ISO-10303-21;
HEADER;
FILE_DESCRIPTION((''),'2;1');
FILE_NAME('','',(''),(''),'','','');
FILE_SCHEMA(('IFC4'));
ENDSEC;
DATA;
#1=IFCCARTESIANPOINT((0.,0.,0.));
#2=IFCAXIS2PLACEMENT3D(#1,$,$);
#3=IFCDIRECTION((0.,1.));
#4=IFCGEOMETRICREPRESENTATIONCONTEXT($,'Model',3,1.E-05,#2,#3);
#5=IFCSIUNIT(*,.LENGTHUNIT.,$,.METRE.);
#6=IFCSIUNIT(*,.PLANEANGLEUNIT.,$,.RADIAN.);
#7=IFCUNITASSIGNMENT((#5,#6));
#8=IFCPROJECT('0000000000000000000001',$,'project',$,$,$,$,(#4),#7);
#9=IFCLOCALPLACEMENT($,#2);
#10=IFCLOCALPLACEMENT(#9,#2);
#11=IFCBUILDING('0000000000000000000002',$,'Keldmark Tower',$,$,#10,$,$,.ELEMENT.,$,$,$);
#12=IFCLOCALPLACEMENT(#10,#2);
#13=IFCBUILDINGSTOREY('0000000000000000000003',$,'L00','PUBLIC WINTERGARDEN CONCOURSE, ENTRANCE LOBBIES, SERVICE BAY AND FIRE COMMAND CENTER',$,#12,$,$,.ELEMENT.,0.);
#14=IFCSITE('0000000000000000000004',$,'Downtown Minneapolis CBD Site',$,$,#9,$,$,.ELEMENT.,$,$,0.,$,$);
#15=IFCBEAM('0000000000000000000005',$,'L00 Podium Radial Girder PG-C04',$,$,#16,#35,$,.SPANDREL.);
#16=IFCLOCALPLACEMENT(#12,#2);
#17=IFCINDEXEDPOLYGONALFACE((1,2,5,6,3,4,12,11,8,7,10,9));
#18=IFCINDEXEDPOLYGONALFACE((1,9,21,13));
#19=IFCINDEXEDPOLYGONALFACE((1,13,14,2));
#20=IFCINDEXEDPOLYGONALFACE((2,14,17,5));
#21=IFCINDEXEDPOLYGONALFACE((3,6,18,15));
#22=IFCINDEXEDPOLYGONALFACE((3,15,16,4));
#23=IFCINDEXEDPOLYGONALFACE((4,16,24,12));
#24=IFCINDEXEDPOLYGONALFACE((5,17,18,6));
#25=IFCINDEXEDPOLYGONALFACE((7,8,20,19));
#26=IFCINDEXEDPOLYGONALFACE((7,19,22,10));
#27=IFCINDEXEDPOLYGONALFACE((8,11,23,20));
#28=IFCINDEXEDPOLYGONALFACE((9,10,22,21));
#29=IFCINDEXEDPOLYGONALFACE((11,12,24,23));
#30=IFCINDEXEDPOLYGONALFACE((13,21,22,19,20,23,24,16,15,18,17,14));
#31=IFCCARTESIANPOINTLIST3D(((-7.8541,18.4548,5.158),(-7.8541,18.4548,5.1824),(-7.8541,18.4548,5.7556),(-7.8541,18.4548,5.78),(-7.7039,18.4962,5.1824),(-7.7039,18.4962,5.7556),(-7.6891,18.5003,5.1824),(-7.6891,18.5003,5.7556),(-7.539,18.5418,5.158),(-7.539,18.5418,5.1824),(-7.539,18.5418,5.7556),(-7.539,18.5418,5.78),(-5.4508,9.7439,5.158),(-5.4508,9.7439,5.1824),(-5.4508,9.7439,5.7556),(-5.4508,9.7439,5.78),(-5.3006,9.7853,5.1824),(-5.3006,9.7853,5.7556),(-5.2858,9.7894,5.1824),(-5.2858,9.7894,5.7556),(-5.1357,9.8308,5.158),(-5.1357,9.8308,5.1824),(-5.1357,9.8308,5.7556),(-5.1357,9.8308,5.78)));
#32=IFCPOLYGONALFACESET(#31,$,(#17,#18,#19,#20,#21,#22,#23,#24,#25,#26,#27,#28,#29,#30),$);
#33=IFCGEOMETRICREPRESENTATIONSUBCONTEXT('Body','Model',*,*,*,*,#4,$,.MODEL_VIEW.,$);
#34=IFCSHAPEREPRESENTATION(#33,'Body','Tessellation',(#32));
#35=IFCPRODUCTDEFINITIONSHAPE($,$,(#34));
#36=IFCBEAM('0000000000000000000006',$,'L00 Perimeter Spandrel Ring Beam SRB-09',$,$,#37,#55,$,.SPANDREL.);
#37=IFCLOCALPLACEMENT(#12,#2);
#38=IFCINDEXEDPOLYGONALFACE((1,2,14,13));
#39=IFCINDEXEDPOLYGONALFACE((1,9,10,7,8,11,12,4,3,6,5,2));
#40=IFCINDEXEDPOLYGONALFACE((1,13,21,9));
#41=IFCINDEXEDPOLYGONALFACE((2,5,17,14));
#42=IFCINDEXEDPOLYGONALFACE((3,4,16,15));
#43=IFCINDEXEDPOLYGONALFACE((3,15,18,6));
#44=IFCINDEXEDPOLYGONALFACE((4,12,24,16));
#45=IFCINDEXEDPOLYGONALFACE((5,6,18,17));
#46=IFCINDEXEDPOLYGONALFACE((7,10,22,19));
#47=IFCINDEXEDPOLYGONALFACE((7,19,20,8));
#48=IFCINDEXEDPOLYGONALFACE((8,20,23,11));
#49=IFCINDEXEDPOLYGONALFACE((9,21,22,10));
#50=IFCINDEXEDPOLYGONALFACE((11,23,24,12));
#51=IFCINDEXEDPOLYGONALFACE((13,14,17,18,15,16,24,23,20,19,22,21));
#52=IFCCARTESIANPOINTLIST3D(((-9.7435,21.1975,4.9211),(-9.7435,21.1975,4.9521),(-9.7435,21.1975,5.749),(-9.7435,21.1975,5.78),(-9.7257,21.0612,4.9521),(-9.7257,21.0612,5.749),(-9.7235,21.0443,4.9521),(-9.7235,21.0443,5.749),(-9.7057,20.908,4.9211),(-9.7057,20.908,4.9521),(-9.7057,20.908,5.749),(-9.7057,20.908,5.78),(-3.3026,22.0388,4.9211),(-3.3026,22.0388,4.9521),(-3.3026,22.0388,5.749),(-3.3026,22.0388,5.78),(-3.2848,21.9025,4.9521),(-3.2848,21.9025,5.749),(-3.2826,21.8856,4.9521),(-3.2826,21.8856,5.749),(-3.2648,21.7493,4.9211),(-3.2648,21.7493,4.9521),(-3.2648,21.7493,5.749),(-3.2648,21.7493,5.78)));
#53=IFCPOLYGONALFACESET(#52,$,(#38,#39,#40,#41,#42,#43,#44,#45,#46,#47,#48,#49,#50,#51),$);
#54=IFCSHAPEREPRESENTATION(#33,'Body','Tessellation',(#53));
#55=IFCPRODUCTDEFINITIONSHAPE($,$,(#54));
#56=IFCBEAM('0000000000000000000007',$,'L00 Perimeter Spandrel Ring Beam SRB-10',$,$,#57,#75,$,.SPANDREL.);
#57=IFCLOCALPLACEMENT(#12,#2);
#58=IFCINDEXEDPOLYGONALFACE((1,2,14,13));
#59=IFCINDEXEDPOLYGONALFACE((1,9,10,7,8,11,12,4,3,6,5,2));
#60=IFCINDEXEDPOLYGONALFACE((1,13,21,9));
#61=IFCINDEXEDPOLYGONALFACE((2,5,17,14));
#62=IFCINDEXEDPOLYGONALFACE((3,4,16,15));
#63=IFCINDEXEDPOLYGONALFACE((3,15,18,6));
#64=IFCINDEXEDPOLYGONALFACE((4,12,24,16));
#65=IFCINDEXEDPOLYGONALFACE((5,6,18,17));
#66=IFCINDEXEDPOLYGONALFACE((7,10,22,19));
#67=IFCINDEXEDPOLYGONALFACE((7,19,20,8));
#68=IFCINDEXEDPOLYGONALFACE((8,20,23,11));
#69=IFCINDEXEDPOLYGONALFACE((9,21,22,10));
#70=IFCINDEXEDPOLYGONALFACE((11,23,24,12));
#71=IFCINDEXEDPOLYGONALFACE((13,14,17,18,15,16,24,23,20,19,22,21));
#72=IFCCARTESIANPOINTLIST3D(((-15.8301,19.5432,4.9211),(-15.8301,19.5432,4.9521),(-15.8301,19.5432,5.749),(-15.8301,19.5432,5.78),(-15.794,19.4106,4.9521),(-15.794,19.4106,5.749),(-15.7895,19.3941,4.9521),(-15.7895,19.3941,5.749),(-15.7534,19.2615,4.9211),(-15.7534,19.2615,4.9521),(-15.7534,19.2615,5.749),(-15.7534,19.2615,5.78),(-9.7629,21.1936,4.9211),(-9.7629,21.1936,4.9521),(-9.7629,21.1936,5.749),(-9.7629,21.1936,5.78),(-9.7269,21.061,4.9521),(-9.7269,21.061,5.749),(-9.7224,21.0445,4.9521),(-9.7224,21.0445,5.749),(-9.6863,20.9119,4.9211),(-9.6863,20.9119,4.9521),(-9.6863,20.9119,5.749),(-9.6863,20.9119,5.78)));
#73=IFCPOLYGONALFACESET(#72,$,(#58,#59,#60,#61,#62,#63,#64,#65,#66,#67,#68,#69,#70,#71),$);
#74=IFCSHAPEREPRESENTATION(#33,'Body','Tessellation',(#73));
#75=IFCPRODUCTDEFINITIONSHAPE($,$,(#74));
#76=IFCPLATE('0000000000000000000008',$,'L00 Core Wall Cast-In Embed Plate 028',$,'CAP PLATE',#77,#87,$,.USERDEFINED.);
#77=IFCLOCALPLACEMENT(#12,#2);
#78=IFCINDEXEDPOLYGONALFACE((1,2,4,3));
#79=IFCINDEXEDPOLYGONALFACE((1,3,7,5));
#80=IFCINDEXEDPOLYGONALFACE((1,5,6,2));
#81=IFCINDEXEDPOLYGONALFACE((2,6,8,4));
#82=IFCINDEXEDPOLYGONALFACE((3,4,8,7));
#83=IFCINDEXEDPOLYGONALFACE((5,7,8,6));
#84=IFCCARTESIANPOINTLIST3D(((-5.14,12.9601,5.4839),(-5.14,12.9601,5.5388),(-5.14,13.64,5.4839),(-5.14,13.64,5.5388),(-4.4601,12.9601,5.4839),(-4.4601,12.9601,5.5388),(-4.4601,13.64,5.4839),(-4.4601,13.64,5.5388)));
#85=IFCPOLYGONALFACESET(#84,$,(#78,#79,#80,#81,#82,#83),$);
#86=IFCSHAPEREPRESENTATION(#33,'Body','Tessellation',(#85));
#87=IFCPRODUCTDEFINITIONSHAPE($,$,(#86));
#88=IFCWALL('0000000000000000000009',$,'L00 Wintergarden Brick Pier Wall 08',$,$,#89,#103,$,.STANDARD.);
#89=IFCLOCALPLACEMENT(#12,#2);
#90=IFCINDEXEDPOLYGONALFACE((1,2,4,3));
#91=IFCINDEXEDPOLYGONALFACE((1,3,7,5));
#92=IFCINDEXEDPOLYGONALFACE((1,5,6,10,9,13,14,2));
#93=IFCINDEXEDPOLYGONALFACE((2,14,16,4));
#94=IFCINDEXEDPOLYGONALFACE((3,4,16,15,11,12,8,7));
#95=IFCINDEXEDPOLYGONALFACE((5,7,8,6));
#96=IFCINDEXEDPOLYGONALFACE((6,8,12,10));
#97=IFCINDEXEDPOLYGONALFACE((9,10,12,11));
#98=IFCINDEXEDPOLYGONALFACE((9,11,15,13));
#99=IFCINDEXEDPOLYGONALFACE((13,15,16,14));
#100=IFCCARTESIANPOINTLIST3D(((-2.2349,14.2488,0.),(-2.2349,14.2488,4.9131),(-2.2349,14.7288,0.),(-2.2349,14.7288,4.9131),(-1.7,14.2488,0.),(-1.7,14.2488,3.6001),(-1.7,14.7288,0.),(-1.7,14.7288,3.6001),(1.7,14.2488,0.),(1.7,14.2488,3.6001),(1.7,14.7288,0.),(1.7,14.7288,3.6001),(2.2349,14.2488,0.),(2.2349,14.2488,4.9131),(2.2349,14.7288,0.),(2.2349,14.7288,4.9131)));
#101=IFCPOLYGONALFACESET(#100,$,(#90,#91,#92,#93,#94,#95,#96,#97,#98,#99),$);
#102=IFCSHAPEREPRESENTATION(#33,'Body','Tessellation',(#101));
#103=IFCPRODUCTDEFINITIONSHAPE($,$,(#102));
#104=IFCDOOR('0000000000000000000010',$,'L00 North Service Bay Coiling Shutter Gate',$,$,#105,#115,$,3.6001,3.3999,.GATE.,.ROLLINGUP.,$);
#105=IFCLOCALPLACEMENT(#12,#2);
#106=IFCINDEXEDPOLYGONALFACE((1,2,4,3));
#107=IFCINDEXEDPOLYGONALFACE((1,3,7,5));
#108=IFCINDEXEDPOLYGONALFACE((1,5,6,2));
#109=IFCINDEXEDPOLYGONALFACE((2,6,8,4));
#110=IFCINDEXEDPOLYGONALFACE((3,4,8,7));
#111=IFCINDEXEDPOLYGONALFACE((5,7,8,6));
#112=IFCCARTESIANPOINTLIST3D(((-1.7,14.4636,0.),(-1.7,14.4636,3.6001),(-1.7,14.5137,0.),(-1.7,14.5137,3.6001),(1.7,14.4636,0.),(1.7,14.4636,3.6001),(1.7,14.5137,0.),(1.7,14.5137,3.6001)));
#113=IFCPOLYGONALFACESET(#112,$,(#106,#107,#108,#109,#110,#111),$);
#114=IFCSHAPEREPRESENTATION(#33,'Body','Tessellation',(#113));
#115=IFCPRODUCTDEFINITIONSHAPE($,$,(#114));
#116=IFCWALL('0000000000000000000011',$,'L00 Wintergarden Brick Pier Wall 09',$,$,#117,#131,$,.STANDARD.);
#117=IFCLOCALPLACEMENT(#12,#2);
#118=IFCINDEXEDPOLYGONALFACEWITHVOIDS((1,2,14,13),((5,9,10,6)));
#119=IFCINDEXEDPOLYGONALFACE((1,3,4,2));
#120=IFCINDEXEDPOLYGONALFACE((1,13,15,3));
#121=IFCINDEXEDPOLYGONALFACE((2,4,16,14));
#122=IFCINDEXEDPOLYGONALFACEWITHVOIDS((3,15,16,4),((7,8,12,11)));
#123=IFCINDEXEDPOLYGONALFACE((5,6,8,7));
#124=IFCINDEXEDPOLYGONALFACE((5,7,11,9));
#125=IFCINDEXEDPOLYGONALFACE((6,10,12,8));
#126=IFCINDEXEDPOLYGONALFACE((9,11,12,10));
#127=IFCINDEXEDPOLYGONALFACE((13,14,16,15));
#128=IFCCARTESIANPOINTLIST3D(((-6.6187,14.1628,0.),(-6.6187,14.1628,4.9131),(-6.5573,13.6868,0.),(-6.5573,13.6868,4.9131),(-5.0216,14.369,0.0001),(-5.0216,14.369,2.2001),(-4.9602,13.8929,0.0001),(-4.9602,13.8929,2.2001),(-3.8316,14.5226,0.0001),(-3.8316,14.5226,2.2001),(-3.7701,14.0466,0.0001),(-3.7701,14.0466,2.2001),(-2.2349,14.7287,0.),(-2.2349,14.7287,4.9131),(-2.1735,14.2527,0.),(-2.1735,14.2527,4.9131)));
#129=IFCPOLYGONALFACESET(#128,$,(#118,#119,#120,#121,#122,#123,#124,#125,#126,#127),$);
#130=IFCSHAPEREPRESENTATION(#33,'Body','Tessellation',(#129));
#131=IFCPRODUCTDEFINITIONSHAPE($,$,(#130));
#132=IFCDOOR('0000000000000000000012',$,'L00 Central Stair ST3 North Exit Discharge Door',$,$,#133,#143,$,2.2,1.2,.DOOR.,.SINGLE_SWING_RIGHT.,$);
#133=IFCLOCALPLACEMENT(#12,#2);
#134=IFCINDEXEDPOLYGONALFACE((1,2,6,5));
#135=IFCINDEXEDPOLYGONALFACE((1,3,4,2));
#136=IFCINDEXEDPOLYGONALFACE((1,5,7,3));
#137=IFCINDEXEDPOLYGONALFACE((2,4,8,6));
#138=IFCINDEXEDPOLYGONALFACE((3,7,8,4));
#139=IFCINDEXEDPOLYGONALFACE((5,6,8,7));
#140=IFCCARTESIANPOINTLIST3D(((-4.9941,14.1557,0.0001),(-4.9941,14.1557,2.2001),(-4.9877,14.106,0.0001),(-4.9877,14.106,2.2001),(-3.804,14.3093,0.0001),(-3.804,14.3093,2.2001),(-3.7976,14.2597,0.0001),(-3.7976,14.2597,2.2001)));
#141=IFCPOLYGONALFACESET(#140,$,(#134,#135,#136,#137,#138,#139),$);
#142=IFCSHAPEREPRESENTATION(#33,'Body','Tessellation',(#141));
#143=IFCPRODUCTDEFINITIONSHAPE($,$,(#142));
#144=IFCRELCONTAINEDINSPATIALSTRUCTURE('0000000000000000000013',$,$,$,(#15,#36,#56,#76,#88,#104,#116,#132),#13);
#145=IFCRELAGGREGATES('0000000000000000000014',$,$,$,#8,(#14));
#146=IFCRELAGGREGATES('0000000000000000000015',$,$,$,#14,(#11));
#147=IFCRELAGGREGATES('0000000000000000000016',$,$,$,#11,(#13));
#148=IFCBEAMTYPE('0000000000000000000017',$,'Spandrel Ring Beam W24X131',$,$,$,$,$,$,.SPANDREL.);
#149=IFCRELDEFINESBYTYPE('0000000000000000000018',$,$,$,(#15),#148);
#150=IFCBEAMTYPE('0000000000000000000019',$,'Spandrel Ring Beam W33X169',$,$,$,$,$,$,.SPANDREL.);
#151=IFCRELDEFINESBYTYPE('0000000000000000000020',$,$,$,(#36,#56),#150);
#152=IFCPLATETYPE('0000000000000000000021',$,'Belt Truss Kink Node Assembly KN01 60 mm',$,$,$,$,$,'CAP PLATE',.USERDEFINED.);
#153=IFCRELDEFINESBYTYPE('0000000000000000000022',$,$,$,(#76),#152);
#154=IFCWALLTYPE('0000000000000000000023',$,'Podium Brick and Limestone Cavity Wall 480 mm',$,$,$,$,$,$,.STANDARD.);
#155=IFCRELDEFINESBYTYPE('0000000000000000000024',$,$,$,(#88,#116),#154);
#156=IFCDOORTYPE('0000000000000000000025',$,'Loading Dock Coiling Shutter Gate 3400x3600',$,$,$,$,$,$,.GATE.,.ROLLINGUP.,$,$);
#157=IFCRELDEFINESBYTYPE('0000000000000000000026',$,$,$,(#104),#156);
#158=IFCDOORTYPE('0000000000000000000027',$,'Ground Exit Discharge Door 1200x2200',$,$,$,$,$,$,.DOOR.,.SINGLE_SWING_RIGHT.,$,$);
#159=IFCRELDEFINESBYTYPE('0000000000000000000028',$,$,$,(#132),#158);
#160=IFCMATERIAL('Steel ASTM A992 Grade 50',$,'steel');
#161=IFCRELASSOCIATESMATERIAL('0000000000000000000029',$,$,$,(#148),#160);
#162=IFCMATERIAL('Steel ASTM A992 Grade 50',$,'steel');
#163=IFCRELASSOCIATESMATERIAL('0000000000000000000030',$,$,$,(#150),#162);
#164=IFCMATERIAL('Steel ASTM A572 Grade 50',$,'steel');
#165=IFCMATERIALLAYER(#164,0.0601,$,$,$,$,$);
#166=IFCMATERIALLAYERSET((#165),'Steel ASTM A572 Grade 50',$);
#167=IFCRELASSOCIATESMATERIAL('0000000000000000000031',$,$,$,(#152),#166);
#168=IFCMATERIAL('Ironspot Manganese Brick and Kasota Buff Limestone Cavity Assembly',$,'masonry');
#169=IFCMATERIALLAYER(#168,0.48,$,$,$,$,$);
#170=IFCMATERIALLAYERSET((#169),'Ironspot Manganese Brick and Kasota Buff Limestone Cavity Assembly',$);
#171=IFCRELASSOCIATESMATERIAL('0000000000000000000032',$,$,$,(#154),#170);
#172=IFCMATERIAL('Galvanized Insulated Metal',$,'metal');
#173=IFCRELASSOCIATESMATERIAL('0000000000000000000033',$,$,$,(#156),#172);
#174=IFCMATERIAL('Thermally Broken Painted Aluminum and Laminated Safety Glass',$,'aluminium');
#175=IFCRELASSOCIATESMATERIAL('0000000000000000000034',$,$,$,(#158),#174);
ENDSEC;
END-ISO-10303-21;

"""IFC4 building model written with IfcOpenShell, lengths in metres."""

from ifc_helpers import new_model, si_unit, direction, frame, frame_2d, origin, origin_2d, place, context, subcontext, project, spatial, rectangle, i_section, extrude, material, layer, layer_set, material_profile, profile_set, type_object, element, fill, save


model = new_model("IFC4")

# Units and contexts
model_context = context("Model", 3, precision=1e-05, world=origin(), true_north=direction((0.0, 1.0)))
body_context = subcontext(model_context, "Body", "Model", "MODEL_VIEW")
ifc_project = project(units=[si_unit("LENGTHUNIT", "METRE"), si_unit("PLANEANGLEUNIT", "RADIAN")], contexts=[model_context])

# Site, building, storey
site_placement = place(None, origin())
site = spatial("IfcSite", under=ifc_project, at=site_placement, Name="Downtown Minneapolis CBD Site", CompositionType="ELEMENT", RefElevation=0.0)
building_placement = place(site_placement, origin())
building = spatial("IfcBuilding", under=site, at=building_placement, Name="Keldmark Tower", CompositionType="ELEMENT")
storey_placement = place(building_placement, origin())
storey = spatial("IfcBuildingStorey", under=building, at=storey_placement, Name="L00", Description="PUBLIC WINTERGARDEN CONCOURSE, ENTRANCE LOBBIES, SERVICE BAY AND FIRE COMMAND CENTER", CompositionType="ELEMENT", Elevation=0.0)

# Beams
ifc_material_1 = material(Name="Steel ASTM A992 Grade 50", Category="steel")
ifc_material_profile_1 = material_profile(ifc_material_1, i_section(OverallWidth=0.3269, OverallDepth=0.6221, WebThickness=0.0154, FlangeThickness=0.0244, at=origin_2d()), Name="W24X131")
ifc_profile_set_1 = profile_set([ifc_material_profile_1], Name="Steel ASTM A992 Grade 50")
beam_type_1 = type_object("IfcBeamType", Name="Spandrel Ring Beam W24X131", PredefinedType="SPANDREL", material=ifc_profile_set_1)
beam_1_placement = place(storey_placement, frame((-7.6965, 18.4983, 5.469), z_axis=(0.26596, -0.963984, 0.0), x_axis=(0.963984, 0.26596, 0.0)))
element("IfcBeam", 1, at=beam_1_placement, inside=storey, type_object=beam_type_1, Name="L00 Podium Radial Girder PG-C04", PredefinedType="SPANDREL", context=body_context, shape_type="SweptSolid", body=[
    extrude(i_section(OverallWidth=0.3269, OverallDepth=0.6221, WebThickness=0.0154, FlangeThickness=0.0244, at=origin_2d()), origin(), (0.0, 0.0, 1.0), 9.0364),
])
ifc_material_2 = material(Name="Steel ASTM A992 Grade 50", Category="steel")
ifc_material_profile_2 = material_profile(ifc_material_2, i_section(OverallWidth=0.292, OverallDepth=0.8589, WebThickness=0.0171, FlangeThickness=0.031, at=origin_2d()), Name="W33X169")
ifc_profile_set_2 = profile_set([ifc_material_profile_2], Name="Steel ASTM A992 Grade 50")
beam_type_2 = type_object("IfcBeamType", Name="Spandrel Ring Beam W33X169", PredefinedType="SPANDREL", material=ifc_profile_set_2)
beam_2_placement = place(storey_placement, frame((-3.2837, 21.894, 5.3506), z_axis=(-0.991577, -0.129519, 0.0), x_axis=(0.129519, -0.991577, 0.0)))
element("IfcBeam", 2, at=beam_2_placement, inside=storey, type_object=beam_type_2, Name="L00 Perimeter Spandrel Ring Beam SRB-09", PredefinedType="SPANDREL", context=body_context, shape_type="SweptSolid", body=[
    extrude(i_section(OverallWidth=0.292, OverallDepth=0.8589, WebThickness=0.0171, FlangeThickness=0.031, at=origin_2d()), origin(), (0.0, 0.0, 1.0), 6.4956),
])
beam_3_placement = place(storey_placement, frame((-9.7246, 21.0527, 5.3506), z_axis=(-0.964937, -0.262483, 0.0), x_axis=(0.262483, -0.964937, 0.0)))
element("IfcBeam", 3, at=beam_3_placement, inside=storey, type_object=beam_type_2, Name="L00 Perimeter Spandrel Ring Beam SRB-10", PredefinedType="SPANDREL", context=body_context, shape_type="SweptSolid", body=[
    extrude(i_section(OverallWidth=0.292, OverallDepth=0.8589, WebThickness=0.0171, FlangeThickness=0.031, at=origin_2d()), origin(), (0.0, 0.0, 1.0), 6.2876),
])

# Plate
ifc_material_3 = material(Name="Steel ASTM A572 Grade 50", Category="steel")
ifc_layer_1 = layer(ifc_material_3, 0.0601)
ifc_layer_set_1 = layer_set([ifc_layer_1], Name="Steel ASTM A572 Grade 50")
plate_type = type_object("IfcPlateType", Name="Belt Truss Kink Node Assembly KN01 60 mm", ElementType="CAP PLATE", PredefinedType="USERDEFINED", material=ifc_layer_set_1)
plate_placement = place(storey_placement, frame((-4.8, 13.3, 5.4839), z_axis=(0.0, 0.0, 1.0), x_axis=(1.0, 0.0, 0.0)))
element("IfcPlate", 4, at=plate_placement, inside=storey, type_object=plate_type, Name="L00 Core Wall Cast-In Embed Plate 028", ObjectType="CAP PLATE", PredefinedType="USERDEFINED", context=body_context, shape_type="SweptSolid", body=[
    extrude(rectangle(XDim=0.6799, YDim=0.6799, at=origin_2d()), origin(), (0.0, 0.0, 1.0), 0.0549),
])

# Walls, openings, doors
ifc_material_4 = material(Name="Ironspot Manganese Brick and Kasota Buff Limestone Cavity Assembly", Category="masonry")
ifc_layer_2 = layer(ifc_material_4, 0.48)
ifc_layer_set_2 = layer_set([ifc_layer_2], Name="Ironspot Manganese Brick and Kasota Buff Limestone Cavity Assembly")
wall_type_1 = type_object("IfcWallType", Name="Podium Brick and Limestone Cavity Wall 480 mm", PredefinedType="STANDARD", material=ifc_layer_set_2)
wall_1_placement = place(storey_placement, frame((-2.2349, 14.4888, 0.0), z_axis=(0.0, 0.0, 1.0), x_axis=(1.0, 0.0, 0.0)))
wall_1 = element("IfcWall", 5, at=wall_1_placement, inside=storey, type_object=wall_type_1, Name="L00 Wintergarden Brick Pier Wall 08", PredefinedType="STANDARD", context=body_context, shape_type="SweptSolid", body=[
    extrude(rectangle(XDim=4.4697, YDim=0.48, at=frame_2d((2.2349, 0.0))), origin(), (0.0, 0.0, 1.0), 4.9131),
])
opening_1_placement = place(wall_1_placement, frame((0.5349, 0.0, 0.0)))
opening_1 = element("IfcOpeningElement", 6, at=opening_1_placement, cuts=wall_1, PredefinedType="OPENING", context=body_context, shape_type="SweptSolid", body=[
    extrude(rectangle(XDim=3.3999, YDim=3.6001, at=frame_2d((1.7, 1.8))), frame((0.0, 0.25, 0.0), z_axis=(0.0, -1.0, 0.0), x_axis=(1.0, 0.0, 0.0)), (0.0, 0.0, 1.0), 0.5),
])
ifc_material_5 = material(Name="Galvanized Insulated Metal", Category="metal")
door_type_1 = type_object("IfcDoorType", Name="Loading Dock Coiling Shutter Gate 3400x3600", OperationType="ROLLINGUP", PredefinedType="GATE", material=ifc_material_5)
door_1_placement = place(opening_1_placement, origin())
door_1 = element("IfcDoor", 7, at=door_1_placement, inside=storey, type_object=door_type_1, Name="L00 North Service Bay Coiling Shutter Gate", OperationType="ROLLINGUP", OverallHeight=3.6001, OverallWidth=3.3999, PredefinedType="GATE", context=body_context, shape_type="SweptSolid", body=[
    extrude(rectangle(XDim=3.3999, YDim=3.6001, at=frame_2d((1.7, 1.8))), frame((0.0, 0.0249, 0.0), z_axis=(0.0, -1.0, 0.0), x_axis=(1.0, 0.0, 0.0)), (0.0, 0.0, 1.0), 0.05),
])
fill(opening_1, door_1)
wall_2_placement = place(storey_placement, frame((-6.5879, 13.9248, 0.0), z_axis=(0.0, 0.0, 1.0), x_axis=(0.99177, 0.128031, 0.0)))
wall_2 = element("IfcWall", 8, at=wall_2_placement, inside=storey, type_object=wall_type_1, Name="L00 Wintergarden Brick Pier Wall 09", PredefinedType="STANDARD", context=body_context, shape_type="SweptSolid", body=[
    extrude(rectangle(XDim=4.4202, YDim=0.48, at=frame_2d((2.21, 0.0))), origin(), (0.0, 0.0, 1.0), 4.9131),
])
opening_2_placement = place(wall_2_placement, frame((1.6101, 0.0, 0.0)))
opening_2 = element("IfcOpeningElement", 9, at=opening_2_placement, cuts=wall_2, PredefinedType="OPENING", context=body_context, shape_type="SweptSolid", body=[
    extrude(rectangle(XDim=1.2, YDim=2.2, at=frame_2d((0.6001, 1.1001))), frame((0.0, 0.25, 0.0), z_axis=(0.0, -1.0, 0.0), x_axis=(1.0, 0.0, 0.0)), (0.0, 0.0, 1.0), 0.5),
])
ifc_material_6 = material(Name="Thermally Broken Painted Aluminum and Laminated Safety Glass", Category="aluminium")
door_type_2 = type_object("IfcDoorType", Name="Ground Exit Discharge Door 1200x2200", OperationType="SINGLE_SWING_RIGHT", PredefinedType="DOOR", material=ifc_material_6)
door_2_placement = place(opening_2_placement, origin())
door_2 = element("IfcDoor", 10, at=door_2_placement, inside=storey, type_object=door_type_2, Name="L00 Central Stair ST3 North Exit Discharge Door", OperationType="SINGLE_SWING_RIGHT", OverallHeight=2.2, OverallWidth=1.2, PredefinedType="DOOR", context=body_context, shape_type="SweptSolid", body=[
    extrude(rectangle(XDim=1.2, YDim=2.2, at=frame_2d((0.6001, 1.1001))), frame((0.0, 0.0249, 0.0), z_axis=(0.0, -1.0, 0.0), x_axis=(1.0, 0.0, 0.0)), (0.0, 0.0, 1.0), 0.05),
])
fill(opening_2, door_2)

save(model, "model.ifc")
